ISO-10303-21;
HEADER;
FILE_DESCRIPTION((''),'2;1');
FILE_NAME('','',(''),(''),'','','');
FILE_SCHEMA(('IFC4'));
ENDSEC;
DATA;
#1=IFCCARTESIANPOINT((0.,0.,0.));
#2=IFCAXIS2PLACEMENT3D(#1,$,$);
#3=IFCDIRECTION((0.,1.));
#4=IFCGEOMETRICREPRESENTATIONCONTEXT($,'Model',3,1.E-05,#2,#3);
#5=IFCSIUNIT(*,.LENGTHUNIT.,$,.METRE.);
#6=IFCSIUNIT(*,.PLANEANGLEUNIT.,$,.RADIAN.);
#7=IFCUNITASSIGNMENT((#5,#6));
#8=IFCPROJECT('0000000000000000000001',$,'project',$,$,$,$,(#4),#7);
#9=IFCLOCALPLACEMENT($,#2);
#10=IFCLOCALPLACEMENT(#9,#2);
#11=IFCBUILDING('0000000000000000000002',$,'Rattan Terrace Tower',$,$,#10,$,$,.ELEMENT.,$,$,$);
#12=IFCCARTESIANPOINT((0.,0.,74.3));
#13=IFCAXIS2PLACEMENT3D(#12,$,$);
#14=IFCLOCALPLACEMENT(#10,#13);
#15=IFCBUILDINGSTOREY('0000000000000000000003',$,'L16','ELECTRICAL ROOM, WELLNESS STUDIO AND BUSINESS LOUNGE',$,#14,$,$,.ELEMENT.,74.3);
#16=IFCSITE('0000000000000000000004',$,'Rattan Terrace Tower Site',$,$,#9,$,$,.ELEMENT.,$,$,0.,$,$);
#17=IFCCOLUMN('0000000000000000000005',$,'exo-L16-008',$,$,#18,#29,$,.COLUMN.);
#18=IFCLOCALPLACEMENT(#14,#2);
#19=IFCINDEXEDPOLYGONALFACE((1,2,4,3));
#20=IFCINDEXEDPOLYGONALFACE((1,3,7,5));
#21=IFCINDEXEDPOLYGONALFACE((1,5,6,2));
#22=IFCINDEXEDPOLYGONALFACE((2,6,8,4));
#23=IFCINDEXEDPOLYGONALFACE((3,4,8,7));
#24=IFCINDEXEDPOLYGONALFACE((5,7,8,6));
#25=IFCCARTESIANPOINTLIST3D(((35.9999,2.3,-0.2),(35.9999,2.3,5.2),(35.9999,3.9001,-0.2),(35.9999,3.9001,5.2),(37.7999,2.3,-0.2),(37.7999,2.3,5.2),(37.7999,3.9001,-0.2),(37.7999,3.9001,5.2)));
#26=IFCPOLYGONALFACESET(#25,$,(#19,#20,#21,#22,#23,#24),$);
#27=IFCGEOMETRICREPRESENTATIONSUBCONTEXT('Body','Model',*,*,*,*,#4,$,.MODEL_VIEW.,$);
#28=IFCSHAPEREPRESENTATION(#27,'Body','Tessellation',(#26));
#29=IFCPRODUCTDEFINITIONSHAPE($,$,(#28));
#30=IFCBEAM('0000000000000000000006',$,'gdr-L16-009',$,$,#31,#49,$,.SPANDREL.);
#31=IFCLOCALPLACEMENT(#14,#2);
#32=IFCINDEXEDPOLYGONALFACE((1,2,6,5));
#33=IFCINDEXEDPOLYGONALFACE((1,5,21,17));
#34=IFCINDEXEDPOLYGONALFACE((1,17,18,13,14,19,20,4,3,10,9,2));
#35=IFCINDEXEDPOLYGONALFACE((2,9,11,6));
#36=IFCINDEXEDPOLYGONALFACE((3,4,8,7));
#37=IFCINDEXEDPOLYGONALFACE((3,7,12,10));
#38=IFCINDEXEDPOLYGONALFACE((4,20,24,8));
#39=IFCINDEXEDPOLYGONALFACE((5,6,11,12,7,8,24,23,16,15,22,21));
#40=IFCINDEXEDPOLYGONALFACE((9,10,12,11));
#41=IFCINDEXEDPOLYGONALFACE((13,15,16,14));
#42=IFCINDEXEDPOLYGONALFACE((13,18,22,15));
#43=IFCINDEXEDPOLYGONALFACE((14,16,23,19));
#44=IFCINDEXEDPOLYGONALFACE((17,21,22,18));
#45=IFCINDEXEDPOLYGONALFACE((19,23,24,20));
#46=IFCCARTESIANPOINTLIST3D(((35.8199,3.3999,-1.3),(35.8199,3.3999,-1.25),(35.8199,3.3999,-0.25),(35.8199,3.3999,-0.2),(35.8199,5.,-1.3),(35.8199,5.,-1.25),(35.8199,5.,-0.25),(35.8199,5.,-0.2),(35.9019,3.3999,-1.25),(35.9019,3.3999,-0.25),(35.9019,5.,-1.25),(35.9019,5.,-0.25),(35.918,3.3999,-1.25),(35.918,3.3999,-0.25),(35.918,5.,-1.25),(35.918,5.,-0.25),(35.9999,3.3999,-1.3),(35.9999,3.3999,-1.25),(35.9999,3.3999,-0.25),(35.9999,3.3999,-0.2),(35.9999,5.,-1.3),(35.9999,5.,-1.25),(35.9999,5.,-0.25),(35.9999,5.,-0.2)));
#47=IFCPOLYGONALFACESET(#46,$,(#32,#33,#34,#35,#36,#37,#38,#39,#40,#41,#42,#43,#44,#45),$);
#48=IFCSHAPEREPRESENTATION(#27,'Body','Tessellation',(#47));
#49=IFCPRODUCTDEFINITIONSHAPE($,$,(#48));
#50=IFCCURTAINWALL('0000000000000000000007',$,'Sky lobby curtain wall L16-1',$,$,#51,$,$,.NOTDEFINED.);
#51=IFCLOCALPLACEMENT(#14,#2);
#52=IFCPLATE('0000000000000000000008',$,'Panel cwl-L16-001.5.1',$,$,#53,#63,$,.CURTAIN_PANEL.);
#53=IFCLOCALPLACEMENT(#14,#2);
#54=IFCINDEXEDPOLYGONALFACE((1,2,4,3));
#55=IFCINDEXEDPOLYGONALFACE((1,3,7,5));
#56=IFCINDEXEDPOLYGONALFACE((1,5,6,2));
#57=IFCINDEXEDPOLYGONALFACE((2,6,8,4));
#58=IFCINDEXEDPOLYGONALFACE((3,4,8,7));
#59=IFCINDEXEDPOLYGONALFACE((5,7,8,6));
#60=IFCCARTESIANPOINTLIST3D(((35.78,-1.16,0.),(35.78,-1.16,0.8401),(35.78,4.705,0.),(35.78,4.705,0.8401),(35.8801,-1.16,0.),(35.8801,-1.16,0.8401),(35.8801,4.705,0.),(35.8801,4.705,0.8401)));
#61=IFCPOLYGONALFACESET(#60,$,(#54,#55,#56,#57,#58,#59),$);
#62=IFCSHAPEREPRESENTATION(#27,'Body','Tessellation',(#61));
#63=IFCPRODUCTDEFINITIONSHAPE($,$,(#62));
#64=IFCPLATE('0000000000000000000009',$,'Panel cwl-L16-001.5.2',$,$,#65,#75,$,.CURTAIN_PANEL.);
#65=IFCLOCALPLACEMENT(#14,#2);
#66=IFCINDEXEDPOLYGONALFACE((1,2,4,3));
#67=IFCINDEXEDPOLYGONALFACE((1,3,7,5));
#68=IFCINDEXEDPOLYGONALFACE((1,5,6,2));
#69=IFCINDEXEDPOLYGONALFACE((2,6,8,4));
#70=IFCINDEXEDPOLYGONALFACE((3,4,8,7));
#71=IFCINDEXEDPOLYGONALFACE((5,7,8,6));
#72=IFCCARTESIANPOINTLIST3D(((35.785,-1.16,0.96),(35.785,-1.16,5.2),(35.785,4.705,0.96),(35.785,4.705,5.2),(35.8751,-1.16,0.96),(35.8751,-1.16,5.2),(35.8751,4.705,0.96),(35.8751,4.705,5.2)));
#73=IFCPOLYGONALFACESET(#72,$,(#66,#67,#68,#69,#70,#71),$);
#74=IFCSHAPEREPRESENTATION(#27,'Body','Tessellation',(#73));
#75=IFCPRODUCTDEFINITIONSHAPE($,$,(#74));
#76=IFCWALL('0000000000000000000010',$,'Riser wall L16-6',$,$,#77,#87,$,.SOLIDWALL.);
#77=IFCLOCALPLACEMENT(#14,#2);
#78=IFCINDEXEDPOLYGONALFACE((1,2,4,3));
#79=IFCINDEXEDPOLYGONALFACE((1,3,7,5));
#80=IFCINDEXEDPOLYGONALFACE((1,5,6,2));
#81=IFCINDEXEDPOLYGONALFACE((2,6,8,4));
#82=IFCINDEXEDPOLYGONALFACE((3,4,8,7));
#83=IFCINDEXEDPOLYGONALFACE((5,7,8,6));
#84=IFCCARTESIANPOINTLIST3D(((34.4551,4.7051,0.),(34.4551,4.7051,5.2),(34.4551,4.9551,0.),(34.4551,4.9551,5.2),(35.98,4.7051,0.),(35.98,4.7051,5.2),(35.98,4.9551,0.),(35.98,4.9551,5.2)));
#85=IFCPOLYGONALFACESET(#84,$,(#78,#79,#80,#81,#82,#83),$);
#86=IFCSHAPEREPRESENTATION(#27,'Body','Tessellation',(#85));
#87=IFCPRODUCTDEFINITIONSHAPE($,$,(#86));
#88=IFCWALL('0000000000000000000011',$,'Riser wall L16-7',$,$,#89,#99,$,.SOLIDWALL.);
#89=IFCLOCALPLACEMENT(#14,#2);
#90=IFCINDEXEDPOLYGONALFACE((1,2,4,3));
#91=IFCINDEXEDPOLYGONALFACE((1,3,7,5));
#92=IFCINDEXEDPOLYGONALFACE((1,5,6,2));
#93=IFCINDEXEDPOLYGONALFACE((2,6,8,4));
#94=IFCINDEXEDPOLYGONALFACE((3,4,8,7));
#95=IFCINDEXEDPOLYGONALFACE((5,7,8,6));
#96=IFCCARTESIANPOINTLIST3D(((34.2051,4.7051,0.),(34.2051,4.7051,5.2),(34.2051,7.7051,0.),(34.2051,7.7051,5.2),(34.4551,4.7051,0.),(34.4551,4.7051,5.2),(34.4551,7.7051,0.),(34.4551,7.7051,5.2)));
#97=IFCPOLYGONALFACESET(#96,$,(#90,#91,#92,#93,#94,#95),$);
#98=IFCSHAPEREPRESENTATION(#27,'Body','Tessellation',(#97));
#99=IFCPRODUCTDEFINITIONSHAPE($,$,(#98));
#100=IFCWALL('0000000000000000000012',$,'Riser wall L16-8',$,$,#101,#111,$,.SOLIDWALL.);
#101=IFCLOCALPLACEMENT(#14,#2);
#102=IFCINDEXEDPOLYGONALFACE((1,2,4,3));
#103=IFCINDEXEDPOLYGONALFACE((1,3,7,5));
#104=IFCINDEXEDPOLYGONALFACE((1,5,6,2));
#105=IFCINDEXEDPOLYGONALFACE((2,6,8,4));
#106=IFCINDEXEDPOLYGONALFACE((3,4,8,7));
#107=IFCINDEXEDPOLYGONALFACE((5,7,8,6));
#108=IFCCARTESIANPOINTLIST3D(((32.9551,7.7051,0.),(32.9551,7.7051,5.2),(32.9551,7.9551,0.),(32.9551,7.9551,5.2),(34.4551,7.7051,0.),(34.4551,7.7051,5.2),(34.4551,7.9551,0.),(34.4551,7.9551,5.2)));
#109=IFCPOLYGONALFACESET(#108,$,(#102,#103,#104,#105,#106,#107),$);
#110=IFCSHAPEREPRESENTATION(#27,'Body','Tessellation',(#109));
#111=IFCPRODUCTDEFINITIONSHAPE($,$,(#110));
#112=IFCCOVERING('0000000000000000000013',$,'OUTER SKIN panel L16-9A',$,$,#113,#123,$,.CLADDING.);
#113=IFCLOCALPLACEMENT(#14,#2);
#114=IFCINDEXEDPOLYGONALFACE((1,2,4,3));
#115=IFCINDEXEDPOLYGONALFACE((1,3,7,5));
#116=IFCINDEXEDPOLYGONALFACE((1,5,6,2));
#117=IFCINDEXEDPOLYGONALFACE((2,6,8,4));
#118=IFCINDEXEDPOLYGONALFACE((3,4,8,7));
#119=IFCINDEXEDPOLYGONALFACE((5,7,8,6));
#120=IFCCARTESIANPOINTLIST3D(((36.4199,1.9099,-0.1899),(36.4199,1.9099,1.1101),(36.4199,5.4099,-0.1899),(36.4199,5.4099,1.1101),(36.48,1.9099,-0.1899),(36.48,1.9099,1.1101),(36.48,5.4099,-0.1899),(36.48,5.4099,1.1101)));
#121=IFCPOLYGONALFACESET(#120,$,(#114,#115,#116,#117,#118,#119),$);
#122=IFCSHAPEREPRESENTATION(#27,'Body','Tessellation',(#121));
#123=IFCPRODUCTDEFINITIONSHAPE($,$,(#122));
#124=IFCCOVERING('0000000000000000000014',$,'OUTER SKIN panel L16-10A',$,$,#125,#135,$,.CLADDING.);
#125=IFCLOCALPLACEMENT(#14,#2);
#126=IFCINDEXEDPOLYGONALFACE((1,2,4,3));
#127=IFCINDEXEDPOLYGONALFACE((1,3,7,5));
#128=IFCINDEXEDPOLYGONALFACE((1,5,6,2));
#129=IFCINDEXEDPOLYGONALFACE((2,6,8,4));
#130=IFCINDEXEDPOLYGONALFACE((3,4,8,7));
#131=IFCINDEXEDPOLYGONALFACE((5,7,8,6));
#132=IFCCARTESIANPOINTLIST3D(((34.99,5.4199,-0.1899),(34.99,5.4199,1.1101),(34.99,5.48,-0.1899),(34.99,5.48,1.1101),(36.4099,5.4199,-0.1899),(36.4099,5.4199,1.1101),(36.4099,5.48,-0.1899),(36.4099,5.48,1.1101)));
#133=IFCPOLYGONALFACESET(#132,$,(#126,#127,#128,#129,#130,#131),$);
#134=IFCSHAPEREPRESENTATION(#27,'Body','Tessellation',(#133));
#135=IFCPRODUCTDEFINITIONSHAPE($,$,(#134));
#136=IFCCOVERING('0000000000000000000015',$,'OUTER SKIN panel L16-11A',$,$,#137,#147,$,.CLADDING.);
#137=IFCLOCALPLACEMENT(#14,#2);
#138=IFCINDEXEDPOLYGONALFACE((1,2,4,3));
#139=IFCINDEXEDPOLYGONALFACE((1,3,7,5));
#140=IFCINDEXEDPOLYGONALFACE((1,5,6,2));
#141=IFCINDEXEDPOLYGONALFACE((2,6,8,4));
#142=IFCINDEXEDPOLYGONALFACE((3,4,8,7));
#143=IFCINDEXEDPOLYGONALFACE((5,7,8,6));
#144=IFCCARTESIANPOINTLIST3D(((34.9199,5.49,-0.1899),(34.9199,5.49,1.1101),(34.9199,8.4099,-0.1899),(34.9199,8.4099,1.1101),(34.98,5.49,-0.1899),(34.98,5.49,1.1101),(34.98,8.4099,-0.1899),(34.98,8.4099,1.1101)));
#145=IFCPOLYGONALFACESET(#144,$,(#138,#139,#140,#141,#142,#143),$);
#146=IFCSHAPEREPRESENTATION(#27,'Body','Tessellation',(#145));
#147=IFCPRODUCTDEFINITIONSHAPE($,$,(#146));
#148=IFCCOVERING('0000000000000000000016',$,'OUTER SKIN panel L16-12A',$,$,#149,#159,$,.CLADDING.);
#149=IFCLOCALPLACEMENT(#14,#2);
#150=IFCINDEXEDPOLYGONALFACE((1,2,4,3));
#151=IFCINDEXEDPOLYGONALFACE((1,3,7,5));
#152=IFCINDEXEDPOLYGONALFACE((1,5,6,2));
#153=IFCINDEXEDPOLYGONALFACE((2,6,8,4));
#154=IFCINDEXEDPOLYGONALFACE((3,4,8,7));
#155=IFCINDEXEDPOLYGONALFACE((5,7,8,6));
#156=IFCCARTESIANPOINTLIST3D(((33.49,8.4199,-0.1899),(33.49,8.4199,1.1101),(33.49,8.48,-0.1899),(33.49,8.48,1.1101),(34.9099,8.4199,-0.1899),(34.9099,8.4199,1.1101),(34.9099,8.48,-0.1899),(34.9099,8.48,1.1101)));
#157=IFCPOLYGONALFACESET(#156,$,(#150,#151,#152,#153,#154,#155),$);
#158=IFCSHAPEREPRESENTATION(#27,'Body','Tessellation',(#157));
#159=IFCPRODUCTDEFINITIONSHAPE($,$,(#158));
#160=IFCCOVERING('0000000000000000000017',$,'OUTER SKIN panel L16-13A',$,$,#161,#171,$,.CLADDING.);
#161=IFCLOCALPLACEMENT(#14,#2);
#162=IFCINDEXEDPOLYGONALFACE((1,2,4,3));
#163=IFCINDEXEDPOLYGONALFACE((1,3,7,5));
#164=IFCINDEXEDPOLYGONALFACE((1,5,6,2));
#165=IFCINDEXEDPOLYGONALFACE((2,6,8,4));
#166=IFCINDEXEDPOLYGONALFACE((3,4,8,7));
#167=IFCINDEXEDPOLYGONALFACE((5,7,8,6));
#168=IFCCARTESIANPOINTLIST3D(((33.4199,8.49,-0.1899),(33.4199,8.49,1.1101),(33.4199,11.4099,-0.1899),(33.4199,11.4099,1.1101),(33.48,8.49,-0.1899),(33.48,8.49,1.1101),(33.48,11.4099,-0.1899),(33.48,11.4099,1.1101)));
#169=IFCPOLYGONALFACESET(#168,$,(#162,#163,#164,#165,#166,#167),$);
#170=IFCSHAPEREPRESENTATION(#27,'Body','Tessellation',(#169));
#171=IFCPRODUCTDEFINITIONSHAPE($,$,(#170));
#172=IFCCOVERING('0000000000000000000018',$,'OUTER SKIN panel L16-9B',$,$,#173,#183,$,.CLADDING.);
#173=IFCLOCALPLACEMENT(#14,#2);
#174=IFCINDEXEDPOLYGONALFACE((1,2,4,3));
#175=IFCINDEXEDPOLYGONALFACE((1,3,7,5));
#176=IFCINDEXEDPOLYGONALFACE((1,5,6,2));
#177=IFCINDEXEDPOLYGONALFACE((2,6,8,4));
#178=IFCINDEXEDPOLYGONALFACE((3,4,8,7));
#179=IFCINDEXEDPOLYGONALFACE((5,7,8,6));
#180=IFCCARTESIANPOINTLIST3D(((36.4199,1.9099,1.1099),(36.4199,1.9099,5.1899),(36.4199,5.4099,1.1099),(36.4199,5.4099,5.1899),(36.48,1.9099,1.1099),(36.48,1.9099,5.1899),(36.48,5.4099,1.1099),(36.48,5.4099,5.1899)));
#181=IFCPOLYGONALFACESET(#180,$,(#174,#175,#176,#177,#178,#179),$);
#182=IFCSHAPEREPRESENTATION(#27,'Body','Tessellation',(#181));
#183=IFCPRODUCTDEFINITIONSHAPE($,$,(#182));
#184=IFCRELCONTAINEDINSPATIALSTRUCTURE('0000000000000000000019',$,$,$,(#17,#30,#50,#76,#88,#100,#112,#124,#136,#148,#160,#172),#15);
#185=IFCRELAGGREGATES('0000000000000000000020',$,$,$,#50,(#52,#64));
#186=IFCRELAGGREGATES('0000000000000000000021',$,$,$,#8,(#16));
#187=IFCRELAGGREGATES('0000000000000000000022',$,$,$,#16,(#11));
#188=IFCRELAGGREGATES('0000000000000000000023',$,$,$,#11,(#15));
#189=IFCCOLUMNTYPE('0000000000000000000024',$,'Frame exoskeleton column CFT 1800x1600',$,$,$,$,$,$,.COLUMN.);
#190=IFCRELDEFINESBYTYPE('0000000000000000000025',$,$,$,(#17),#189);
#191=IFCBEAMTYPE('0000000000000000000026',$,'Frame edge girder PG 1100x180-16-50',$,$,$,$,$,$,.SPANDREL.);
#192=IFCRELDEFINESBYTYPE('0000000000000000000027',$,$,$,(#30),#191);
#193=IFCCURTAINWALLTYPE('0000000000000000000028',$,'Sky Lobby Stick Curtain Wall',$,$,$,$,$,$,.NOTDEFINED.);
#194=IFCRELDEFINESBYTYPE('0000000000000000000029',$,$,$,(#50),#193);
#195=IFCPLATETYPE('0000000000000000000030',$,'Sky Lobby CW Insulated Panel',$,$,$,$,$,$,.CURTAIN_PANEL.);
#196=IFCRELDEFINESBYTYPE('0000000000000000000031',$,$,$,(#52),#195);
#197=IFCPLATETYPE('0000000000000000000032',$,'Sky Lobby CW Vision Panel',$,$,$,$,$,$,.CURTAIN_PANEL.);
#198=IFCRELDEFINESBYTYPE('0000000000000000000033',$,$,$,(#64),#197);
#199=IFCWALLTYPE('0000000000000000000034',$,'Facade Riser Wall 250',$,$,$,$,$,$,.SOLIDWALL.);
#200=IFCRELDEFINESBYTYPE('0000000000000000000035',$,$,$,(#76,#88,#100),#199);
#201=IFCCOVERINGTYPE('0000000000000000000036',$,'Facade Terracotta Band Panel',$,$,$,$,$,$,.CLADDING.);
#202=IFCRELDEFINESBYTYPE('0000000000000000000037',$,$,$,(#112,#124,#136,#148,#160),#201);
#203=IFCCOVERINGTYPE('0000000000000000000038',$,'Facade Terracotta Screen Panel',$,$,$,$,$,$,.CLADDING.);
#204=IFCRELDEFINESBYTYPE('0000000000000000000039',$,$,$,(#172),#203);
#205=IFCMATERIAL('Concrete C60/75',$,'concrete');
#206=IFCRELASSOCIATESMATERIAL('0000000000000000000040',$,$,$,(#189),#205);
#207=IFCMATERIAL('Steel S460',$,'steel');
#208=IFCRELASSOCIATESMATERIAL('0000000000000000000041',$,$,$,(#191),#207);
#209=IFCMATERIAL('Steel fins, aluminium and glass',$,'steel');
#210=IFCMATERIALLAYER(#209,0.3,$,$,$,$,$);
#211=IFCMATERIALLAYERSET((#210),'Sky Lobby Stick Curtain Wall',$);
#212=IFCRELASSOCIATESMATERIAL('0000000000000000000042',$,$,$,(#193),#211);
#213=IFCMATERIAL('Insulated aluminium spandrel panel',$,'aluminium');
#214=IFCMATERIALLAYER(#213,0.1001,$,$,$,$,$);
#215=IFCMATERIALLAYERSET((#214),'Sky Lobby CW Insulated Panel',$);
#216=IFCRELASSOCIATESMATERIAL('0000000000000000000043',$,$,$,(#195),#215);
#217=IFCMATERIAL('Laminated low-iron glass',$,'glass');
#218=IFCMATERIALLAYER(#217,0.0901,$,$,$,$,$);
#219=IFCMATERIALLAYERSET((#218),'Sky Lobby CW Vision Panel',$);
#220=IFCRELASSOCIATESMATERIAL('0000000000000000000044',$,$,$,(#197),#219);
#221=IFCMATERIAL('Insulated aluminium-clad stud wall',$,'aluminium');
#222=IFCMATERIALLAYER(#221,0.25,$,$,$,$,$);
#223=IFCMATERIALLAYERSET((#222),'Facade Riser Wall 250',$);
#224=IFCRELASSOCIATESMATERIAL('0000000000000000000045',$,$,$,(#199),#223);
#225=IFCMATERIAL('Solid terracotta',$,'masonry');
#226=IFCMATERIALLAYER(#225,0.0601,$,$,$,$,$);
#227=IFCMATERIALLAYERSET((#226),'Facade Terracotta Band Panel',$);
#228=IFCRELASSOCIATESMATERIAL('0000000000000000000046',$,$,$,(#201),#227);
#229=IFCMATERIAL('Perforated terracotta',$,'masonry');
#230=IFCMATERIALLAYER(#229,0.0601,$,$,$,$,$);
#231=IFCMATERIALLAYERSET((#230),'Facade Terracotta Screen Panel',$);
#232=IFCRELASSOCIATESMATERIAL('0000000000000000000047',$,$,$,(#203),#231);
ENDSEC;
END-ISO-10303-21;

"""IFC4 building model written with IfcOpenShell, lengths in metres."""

from ifc_helpers import new_model, si_unit, direction, frame, frame_2d, origin, origin_2d, place, context, subcontext, project, spatial, rectangle, i_section, extrude, material, layer, layer_set, material_profile, profile_set, type_object, element, aggregate, save


model = new_model("IFC4")

# Units and contexts
model_context = context("Model", 3, precision=1e-05, world=origin(), true_north=direction((0.0, 1.0)))
body_context = subcontext(model_context, "Body", "Model", "MODEL_VIEW")
ifc_project = project(units=[si_unit("LENGTHUNIT", "METRE"), si_unit("PLANEANGLEUNIT", "RADIAN")], contexts=[model_context])

# Site, building, storey
site_placement = place(None, origin())
site = spatial("IfcSite", under=ifc_project, at=site_placement, Name="Rattan Terrace Tower Site", CompositionType="ELEMENT", RefElevation=0.0)
building_placement = place(site_placement, origin())
building = spatial("IfcBuilding", under=site, at=building_placement, Name="Rattan Terrace Tower", CompositionType="ELEMENT")
storey_placement = place(building_placement, frame((0.0, 0.0, 74.3)))
storey = spatial("IfcBuildingStorey", under=building, at=storey_placement, Name="L16", Description="ELECTRICAL ROOM, WELLNESS STUDIO AND BUSINESS LOUNGE", CompositionType="ELEMENT", Elevation=74.3)

# Column
ifc_material_1 = material(Name="Concrete C60/75", Category="concrete")
ifc_material_profile_1 = material_profile(ifc_material_1, rectangle(XDim=1.6001, YDim=1.8, at=origin_2d()), Name="CFT 1800x1600")
ifc_profile_set_1 = profile_set([ifc_material_profile_1], Name="Concrete C60/75")
column_type = type_object("IfcColumnType", Name="Frame exoskeleton column CFT 1800x1600", PredefinedType="COLUMN", material=ifc_profile_set_1)
column_placement = place(storey_placement, frame((36.8999, 3.1001, -0.2), z_axis=(0.0, 0.0, 1.0), x_axis=(0.0, 1.0, 0.0)))
element("IfcColumn", 1, at=column_placement, inside=storey, type_object=column_type, Name="exo-L16-008", PredefinedType="COLUMN", context=body_context, shape_type="SweptSolid", body=[
    extrude(rectangle(XDim=1.6001, YDim=1.8, at=origin_2d()), origin(), (0.0, 0.0, 1.0), 5.3999),
])

# Beam
ifc_material_2 = material(Name="Steel S460", Category="steel")
ifc_material_profile_2 = material_profile(ifc_material_2, i_section(OverallWidth=0.1799, OverallDepth=1.1001, WebThickness=0.0161, FlangeThickness=0.05, at=origin_2d()), Name="PG 1100x180-16-50")
ifc_profile_set_2 = profile_set([ifc_material_profile_2], Name="Steel S460")
beam_type = type_object("IfcBeamType", Name="Frame edge girder PG 1100x180-16-50", PredefinedType="SPANDREL", material=ifc_profile_set_2)
beam_placement = place(storey_placement, frame((35.9099, 3.3999, -0.75), z_axis=(0.0, 1.0, 0.0), x_axis=(-1.0, 0.0, 0.0)))
element("IfcBeam", 2, at=beam_placement, inside=storey, type_object=beam_type, Name="gdr-L16-009", PredefinedType="SPANDREL", context=body_context, shape_type="SweptSolid", body=[
    extrude(i_section(OverallWidth=0.1799, OverallDepth=1.1001, WebThickness=0.0161, FlangeThickness=0.05, at=origin_2d()), origin(), (0.0, 0.0, 1.0), 1.6001),
])

# Curtain wall, plates
ifc_material_3 = material(Name="Steel fins, aluminium and glass", Category="steel")
ifc_layer_1 = layer(ifc_material_3, 0.3)
ifc_layer_set_1 = layer_set([ifc_layer_1], Name="Sky Lobby Stick Curtain Wall")
curtain_wall_type = type_object("IfcCurtainWallType", Name="Sky Lobby Stick Curtain Wall", PredefinedType="NOTDEFINED", material=ifc_layer_set_1)
curtain_wall_placement = place(storey_placement, origin())
curtain_wall = element("IfcCurtainWall", 3, at=curtain_wall_placement, inside=storey, type_object=curtain_wall_type, Name="Sky lobby curtain wall L16-1", PredefinedType="NOTDEFINED")
ifc_material_4 = material(Name="Insulated aluminium spandrel panel", Category="aluminium")
ifc_layer_2 = layer(ifc_material_4, 0.1001)
ifc_layer_set_2 = layer_set([ifc_layer_2], Name="Sky Lobby CW Insulated Panel")
plate_type_1 = type_object("IfcPlateType", Name="Sky Lobby CW Insulated Panel", PredefinedType="CURTAIN_PANEL", material=ifc_layer_set_2)
plate_1_placement = place(storey_placement, frame((35.8301, 1.7725, 0.0), z_axis=(0.0, 0.0, 1.0), x_axis=(0.0, 1.0, 0.0)))
plate_1 = element("IfcPlate", 4, at=plate_1_placement, type_object=plate_type_1, Name="Panel cwl-L16-001.5.1", PredefinedType="CURTAIN_PANEL", context=body_context, shape_type="SweptSolid", body=[
    extrude(rectangle(XDim=5.865, YDim=0.1001, at=origin_2d()), origin(), (0.0, 0.0, 1.0), 0.8401),
])
ifc_material_5 = material(Name="Laminated low-iron glass", Category="glass")
ifc_layer_3 = layer(ifc_material_5, 0.0901)
ifc_layer_set_3 = layer_set([ifc_layer_3], Name="Sky Lobby CW Vision Panel")
plate_type_2 = type_object("IfcPlateType", Name="Sky Lobby CW Vision Panel", PredefinedType="CURTAIN_PANEL", material=ifc_layer_set_3)
plate_2_placement = place(storey_placement, frame((35.8301, 1.7725, 0.96), z_axis=(0.0, 0.0, 1.0), x_axis=(0.0, 1.0, 0.0)))
plate_2 = element("IfcPlate", 5, at=plate_2_placement, type_object=plate_type_2, Name="Panel cwl-L16-001.5.2", PredefinedType="CURTAIN_PANEL", context=body_context, shape_type="SweptSolid", body=[
    extrude(rectangle(XDim=5.865, YDim=0.0901, at=origin_2d()), origin(), (0.0, 0.0, 1.0), 4.24),
])
aggregate(curtain_wall, [plate_1, plate_2])

# Walls
ifc_material_6 = material(Name="Insulated aluminium-clad stud wall", Category="aluminium")
ifc_layer_4 = layer(ifc_material_6, 0.25)
ifc_layer_set_4 = layer_set([ifc_layer_4], Name="Facade Riser Wall 250")
wall_type = type_object("IfcWallType", Name="Facade Riser Wall 250", PredefinedType="SOLIDWALL", material=ifc_layer_set_4)
wall_1_placement = place(storey_placement, frame((35.98, 4.8301, 0.0), z_axis=(0.0, 0.0, 1.0), x_axis=(-1.0, 0.0, 0.0)))
element("IfcWall", 6, at=wall_1_placement, inside=storey, type_object=wall_type, Name="Riser wall L16-6", PredefinedType="SOLIDWALL", context=body_context, shape_type="SweptSolid", body=[
    extrude(rectangle(XDim=1.5249, YDim=0.25, at=frame_2d((0.7625, 0.0))), origin(), (0.0, 0.0, 1.0), 5.2),
])
wall_2_placement = place(storey_placement, frame((34.3301, 4.7051, 0.0), z_axis=(0.0, 0.0, 1.0), x_axis=(0.0, 1.0, 0.0)))
element("IfcWall", 7, at=wall_2_placement, inside=storey, type_object=wall_type, Name="Riser wall L16-7", PredefinedType="SOLIDWALL", context=body_context, shape_type="SweptSolid", body=[
    extrude(rectangle(XDim=3.0, YDim=0.25, at=frame_2d((1.5, 0.0))), origin(), (0.0, 0.0, 1.0), 5.2),
])
wall_3_placement = place(storey_placement, frame((34.4551, 7.8301, 0.0), z_axis=(0.0, 0.0, 1.0), x_axis=(-1.0, 0.0, 0.0)))
element("IfcWall", 8, at=wall_3_placement, inside=storey, type_object=wall_type, Name="Riser wall L16-8", PredefinedType="SOLIDWALL", context=body_context, shape_type="SweptSolid", body=[
    extrude(rectangle(XDim=1.5, YDim=0.25, at=frame_2d((0.75, 0.0))), origin(), (0.0, 0.0, 1.0), 5.2),
])

# Coverings
ifc_material_7 = material(Name="Solid terracotta", Category="masonry")
ifc_layer_5 = layer(ifc_material_7, 0.0601)
ifc_layer_set_5 = layer_set([ifc_layer_5], Name="Facade Terracotta Band Panel")
covering_type_1 = type_object("IfcCoveringType", Name="Facade Terracotta Band Panel", PredefinedType="CLADDING", material=ifc_layer_set_5)
covering_1_placement = place(storey_placement, frame((36.45, 3.6599, -0.1899), z_axis=(0.0, 0.0, 1.0), x_axis=(0.0, 1.0, 0.0)))
element("IfcCovering", 9, at=covering_1_placement, inside=storey, type_object=covering_type_1, Name="OUTER SKIN panel L16-9A", PredefinedType="CLADDING", context=body_context, shape_type="SweptSolid", body=[
    extrude(rectangle(XDim=3.5, YDim=0.0601, at=origin_2d()), origin(), (0.0, 0.0, 1.0), 1.3),
])
covering_2_placement = place(storey_placement, frame((35.7, 5.45, -0.1899), z_axis=(0.0, 0.0, 1.0), x_axis=(-1.0, 0.0, 0.0)))
element("IfcCovering", 10, at=covering_2_placement, inside=storey, type_object=covering_type_1, Name="OUTER SKIN panel L16-10A", PredefinedType="CLADDING", context=body_context, shape_type="SweptSolid", body=[
    extrude(rectangle(XDim=1.4199, YDim=0.0601, at=origin_2d()), origin(), (0.0, 0.0, 1.0), 1.3),
])
covering_3_placement = place(storey_placement, frame((34.95, 6.95, -0.1899), z_axis=(0.0, 0.0, 1.0), x_axis=(0.0, 1.0, 0.0)))
element("IfcCovering", 11, at=covering_3_placement, inside=storey, type_object=covering_type_1, Name="OUTER SKIN panel L16-11A", PredefinedType="CLADDING", context=body_context, shape_type="SweptSolid", body=[
    extrude(rectangle(XDim=2.9199, YDim=0.0601, at=origin_2d()), origin(), (0.0, 0.0, 1.0), 1.3),
])
covering_4_placement = place(storey_placement, frame((34.2, 8.45, -0.1899), z_axis=(0.0, 0.0, 1.0), x_axis=(-1.0, 0.0, 0.0)))
element("IfcCovering", 12, at=covering_4_placement, inside=storey, type_object=covering_type_1, Name="OUTER SKIN panel L16-12A", PredefinedType="CLADDING", context=body_context, shape_type="SweptSolid", body=[
    extrude(rectangle(XDim=1.4199, YDim=0.0601, at=origin_2d()), origin(), (0.0, 0.0, 1.0), 1.3),
])
covering_5_placement = place(storey_placement, frame((33.45, 9.95, -0.1899), z_axis=(0.0, 0.0, 1.0), x_axis=(0.0, 1.0, 0.0)))
element("IfcCovering", 13, at=covering_5_placement, inside=storey, type_object=covering_type_1, Name="OUTER SKIN panel L16-13A", PredefinedType="CLADDING", context=body_context, shape_type="SweptSolid", body=[
    extrude(rectangle(XDim=2.9199, YDim=0.0601, at=origin_2d()), origin(), (0.0, 0.0, 1.0), 1.3),
])
ifc_material_8 = material(Name="Perforated terracotta", Category="masonry")
ifc_layer_6 = layer(ifc_material_8, 0.0601)
ifc_layer_set_6 = layer_set([ifc_layer_6], Name="Facade Terracotta Screen Panel")
covering_type_2 = type_object("IfcCoveringType", Name="Facade Terracotta Screen Panel", PredefinedType="CLADDING", material=ifc_layer_set_6)
covering_6_placement = place(storey_placement, frame((36.45, 3.6599, 1.1099), z_axis=(0.0, 0.0, 1.0), x_axis=(0.0, 1.0, 0.0)))
element("IfcCovering", 14, at=covering_6_placement, inside=storey, type_object=covering_type_2, Name="OUTER SKIN panel L16-9B", PredefinedType="CLADDING", context=body_context, shape_type="SweptSolid", body=[
    extrude(rectangle(XDim=3.5, YDim=0.0601, at=origin_2d()), origin(), (0.0, 0.0, 1.0), 4.0801),
])

save(model, "model.ifc")
